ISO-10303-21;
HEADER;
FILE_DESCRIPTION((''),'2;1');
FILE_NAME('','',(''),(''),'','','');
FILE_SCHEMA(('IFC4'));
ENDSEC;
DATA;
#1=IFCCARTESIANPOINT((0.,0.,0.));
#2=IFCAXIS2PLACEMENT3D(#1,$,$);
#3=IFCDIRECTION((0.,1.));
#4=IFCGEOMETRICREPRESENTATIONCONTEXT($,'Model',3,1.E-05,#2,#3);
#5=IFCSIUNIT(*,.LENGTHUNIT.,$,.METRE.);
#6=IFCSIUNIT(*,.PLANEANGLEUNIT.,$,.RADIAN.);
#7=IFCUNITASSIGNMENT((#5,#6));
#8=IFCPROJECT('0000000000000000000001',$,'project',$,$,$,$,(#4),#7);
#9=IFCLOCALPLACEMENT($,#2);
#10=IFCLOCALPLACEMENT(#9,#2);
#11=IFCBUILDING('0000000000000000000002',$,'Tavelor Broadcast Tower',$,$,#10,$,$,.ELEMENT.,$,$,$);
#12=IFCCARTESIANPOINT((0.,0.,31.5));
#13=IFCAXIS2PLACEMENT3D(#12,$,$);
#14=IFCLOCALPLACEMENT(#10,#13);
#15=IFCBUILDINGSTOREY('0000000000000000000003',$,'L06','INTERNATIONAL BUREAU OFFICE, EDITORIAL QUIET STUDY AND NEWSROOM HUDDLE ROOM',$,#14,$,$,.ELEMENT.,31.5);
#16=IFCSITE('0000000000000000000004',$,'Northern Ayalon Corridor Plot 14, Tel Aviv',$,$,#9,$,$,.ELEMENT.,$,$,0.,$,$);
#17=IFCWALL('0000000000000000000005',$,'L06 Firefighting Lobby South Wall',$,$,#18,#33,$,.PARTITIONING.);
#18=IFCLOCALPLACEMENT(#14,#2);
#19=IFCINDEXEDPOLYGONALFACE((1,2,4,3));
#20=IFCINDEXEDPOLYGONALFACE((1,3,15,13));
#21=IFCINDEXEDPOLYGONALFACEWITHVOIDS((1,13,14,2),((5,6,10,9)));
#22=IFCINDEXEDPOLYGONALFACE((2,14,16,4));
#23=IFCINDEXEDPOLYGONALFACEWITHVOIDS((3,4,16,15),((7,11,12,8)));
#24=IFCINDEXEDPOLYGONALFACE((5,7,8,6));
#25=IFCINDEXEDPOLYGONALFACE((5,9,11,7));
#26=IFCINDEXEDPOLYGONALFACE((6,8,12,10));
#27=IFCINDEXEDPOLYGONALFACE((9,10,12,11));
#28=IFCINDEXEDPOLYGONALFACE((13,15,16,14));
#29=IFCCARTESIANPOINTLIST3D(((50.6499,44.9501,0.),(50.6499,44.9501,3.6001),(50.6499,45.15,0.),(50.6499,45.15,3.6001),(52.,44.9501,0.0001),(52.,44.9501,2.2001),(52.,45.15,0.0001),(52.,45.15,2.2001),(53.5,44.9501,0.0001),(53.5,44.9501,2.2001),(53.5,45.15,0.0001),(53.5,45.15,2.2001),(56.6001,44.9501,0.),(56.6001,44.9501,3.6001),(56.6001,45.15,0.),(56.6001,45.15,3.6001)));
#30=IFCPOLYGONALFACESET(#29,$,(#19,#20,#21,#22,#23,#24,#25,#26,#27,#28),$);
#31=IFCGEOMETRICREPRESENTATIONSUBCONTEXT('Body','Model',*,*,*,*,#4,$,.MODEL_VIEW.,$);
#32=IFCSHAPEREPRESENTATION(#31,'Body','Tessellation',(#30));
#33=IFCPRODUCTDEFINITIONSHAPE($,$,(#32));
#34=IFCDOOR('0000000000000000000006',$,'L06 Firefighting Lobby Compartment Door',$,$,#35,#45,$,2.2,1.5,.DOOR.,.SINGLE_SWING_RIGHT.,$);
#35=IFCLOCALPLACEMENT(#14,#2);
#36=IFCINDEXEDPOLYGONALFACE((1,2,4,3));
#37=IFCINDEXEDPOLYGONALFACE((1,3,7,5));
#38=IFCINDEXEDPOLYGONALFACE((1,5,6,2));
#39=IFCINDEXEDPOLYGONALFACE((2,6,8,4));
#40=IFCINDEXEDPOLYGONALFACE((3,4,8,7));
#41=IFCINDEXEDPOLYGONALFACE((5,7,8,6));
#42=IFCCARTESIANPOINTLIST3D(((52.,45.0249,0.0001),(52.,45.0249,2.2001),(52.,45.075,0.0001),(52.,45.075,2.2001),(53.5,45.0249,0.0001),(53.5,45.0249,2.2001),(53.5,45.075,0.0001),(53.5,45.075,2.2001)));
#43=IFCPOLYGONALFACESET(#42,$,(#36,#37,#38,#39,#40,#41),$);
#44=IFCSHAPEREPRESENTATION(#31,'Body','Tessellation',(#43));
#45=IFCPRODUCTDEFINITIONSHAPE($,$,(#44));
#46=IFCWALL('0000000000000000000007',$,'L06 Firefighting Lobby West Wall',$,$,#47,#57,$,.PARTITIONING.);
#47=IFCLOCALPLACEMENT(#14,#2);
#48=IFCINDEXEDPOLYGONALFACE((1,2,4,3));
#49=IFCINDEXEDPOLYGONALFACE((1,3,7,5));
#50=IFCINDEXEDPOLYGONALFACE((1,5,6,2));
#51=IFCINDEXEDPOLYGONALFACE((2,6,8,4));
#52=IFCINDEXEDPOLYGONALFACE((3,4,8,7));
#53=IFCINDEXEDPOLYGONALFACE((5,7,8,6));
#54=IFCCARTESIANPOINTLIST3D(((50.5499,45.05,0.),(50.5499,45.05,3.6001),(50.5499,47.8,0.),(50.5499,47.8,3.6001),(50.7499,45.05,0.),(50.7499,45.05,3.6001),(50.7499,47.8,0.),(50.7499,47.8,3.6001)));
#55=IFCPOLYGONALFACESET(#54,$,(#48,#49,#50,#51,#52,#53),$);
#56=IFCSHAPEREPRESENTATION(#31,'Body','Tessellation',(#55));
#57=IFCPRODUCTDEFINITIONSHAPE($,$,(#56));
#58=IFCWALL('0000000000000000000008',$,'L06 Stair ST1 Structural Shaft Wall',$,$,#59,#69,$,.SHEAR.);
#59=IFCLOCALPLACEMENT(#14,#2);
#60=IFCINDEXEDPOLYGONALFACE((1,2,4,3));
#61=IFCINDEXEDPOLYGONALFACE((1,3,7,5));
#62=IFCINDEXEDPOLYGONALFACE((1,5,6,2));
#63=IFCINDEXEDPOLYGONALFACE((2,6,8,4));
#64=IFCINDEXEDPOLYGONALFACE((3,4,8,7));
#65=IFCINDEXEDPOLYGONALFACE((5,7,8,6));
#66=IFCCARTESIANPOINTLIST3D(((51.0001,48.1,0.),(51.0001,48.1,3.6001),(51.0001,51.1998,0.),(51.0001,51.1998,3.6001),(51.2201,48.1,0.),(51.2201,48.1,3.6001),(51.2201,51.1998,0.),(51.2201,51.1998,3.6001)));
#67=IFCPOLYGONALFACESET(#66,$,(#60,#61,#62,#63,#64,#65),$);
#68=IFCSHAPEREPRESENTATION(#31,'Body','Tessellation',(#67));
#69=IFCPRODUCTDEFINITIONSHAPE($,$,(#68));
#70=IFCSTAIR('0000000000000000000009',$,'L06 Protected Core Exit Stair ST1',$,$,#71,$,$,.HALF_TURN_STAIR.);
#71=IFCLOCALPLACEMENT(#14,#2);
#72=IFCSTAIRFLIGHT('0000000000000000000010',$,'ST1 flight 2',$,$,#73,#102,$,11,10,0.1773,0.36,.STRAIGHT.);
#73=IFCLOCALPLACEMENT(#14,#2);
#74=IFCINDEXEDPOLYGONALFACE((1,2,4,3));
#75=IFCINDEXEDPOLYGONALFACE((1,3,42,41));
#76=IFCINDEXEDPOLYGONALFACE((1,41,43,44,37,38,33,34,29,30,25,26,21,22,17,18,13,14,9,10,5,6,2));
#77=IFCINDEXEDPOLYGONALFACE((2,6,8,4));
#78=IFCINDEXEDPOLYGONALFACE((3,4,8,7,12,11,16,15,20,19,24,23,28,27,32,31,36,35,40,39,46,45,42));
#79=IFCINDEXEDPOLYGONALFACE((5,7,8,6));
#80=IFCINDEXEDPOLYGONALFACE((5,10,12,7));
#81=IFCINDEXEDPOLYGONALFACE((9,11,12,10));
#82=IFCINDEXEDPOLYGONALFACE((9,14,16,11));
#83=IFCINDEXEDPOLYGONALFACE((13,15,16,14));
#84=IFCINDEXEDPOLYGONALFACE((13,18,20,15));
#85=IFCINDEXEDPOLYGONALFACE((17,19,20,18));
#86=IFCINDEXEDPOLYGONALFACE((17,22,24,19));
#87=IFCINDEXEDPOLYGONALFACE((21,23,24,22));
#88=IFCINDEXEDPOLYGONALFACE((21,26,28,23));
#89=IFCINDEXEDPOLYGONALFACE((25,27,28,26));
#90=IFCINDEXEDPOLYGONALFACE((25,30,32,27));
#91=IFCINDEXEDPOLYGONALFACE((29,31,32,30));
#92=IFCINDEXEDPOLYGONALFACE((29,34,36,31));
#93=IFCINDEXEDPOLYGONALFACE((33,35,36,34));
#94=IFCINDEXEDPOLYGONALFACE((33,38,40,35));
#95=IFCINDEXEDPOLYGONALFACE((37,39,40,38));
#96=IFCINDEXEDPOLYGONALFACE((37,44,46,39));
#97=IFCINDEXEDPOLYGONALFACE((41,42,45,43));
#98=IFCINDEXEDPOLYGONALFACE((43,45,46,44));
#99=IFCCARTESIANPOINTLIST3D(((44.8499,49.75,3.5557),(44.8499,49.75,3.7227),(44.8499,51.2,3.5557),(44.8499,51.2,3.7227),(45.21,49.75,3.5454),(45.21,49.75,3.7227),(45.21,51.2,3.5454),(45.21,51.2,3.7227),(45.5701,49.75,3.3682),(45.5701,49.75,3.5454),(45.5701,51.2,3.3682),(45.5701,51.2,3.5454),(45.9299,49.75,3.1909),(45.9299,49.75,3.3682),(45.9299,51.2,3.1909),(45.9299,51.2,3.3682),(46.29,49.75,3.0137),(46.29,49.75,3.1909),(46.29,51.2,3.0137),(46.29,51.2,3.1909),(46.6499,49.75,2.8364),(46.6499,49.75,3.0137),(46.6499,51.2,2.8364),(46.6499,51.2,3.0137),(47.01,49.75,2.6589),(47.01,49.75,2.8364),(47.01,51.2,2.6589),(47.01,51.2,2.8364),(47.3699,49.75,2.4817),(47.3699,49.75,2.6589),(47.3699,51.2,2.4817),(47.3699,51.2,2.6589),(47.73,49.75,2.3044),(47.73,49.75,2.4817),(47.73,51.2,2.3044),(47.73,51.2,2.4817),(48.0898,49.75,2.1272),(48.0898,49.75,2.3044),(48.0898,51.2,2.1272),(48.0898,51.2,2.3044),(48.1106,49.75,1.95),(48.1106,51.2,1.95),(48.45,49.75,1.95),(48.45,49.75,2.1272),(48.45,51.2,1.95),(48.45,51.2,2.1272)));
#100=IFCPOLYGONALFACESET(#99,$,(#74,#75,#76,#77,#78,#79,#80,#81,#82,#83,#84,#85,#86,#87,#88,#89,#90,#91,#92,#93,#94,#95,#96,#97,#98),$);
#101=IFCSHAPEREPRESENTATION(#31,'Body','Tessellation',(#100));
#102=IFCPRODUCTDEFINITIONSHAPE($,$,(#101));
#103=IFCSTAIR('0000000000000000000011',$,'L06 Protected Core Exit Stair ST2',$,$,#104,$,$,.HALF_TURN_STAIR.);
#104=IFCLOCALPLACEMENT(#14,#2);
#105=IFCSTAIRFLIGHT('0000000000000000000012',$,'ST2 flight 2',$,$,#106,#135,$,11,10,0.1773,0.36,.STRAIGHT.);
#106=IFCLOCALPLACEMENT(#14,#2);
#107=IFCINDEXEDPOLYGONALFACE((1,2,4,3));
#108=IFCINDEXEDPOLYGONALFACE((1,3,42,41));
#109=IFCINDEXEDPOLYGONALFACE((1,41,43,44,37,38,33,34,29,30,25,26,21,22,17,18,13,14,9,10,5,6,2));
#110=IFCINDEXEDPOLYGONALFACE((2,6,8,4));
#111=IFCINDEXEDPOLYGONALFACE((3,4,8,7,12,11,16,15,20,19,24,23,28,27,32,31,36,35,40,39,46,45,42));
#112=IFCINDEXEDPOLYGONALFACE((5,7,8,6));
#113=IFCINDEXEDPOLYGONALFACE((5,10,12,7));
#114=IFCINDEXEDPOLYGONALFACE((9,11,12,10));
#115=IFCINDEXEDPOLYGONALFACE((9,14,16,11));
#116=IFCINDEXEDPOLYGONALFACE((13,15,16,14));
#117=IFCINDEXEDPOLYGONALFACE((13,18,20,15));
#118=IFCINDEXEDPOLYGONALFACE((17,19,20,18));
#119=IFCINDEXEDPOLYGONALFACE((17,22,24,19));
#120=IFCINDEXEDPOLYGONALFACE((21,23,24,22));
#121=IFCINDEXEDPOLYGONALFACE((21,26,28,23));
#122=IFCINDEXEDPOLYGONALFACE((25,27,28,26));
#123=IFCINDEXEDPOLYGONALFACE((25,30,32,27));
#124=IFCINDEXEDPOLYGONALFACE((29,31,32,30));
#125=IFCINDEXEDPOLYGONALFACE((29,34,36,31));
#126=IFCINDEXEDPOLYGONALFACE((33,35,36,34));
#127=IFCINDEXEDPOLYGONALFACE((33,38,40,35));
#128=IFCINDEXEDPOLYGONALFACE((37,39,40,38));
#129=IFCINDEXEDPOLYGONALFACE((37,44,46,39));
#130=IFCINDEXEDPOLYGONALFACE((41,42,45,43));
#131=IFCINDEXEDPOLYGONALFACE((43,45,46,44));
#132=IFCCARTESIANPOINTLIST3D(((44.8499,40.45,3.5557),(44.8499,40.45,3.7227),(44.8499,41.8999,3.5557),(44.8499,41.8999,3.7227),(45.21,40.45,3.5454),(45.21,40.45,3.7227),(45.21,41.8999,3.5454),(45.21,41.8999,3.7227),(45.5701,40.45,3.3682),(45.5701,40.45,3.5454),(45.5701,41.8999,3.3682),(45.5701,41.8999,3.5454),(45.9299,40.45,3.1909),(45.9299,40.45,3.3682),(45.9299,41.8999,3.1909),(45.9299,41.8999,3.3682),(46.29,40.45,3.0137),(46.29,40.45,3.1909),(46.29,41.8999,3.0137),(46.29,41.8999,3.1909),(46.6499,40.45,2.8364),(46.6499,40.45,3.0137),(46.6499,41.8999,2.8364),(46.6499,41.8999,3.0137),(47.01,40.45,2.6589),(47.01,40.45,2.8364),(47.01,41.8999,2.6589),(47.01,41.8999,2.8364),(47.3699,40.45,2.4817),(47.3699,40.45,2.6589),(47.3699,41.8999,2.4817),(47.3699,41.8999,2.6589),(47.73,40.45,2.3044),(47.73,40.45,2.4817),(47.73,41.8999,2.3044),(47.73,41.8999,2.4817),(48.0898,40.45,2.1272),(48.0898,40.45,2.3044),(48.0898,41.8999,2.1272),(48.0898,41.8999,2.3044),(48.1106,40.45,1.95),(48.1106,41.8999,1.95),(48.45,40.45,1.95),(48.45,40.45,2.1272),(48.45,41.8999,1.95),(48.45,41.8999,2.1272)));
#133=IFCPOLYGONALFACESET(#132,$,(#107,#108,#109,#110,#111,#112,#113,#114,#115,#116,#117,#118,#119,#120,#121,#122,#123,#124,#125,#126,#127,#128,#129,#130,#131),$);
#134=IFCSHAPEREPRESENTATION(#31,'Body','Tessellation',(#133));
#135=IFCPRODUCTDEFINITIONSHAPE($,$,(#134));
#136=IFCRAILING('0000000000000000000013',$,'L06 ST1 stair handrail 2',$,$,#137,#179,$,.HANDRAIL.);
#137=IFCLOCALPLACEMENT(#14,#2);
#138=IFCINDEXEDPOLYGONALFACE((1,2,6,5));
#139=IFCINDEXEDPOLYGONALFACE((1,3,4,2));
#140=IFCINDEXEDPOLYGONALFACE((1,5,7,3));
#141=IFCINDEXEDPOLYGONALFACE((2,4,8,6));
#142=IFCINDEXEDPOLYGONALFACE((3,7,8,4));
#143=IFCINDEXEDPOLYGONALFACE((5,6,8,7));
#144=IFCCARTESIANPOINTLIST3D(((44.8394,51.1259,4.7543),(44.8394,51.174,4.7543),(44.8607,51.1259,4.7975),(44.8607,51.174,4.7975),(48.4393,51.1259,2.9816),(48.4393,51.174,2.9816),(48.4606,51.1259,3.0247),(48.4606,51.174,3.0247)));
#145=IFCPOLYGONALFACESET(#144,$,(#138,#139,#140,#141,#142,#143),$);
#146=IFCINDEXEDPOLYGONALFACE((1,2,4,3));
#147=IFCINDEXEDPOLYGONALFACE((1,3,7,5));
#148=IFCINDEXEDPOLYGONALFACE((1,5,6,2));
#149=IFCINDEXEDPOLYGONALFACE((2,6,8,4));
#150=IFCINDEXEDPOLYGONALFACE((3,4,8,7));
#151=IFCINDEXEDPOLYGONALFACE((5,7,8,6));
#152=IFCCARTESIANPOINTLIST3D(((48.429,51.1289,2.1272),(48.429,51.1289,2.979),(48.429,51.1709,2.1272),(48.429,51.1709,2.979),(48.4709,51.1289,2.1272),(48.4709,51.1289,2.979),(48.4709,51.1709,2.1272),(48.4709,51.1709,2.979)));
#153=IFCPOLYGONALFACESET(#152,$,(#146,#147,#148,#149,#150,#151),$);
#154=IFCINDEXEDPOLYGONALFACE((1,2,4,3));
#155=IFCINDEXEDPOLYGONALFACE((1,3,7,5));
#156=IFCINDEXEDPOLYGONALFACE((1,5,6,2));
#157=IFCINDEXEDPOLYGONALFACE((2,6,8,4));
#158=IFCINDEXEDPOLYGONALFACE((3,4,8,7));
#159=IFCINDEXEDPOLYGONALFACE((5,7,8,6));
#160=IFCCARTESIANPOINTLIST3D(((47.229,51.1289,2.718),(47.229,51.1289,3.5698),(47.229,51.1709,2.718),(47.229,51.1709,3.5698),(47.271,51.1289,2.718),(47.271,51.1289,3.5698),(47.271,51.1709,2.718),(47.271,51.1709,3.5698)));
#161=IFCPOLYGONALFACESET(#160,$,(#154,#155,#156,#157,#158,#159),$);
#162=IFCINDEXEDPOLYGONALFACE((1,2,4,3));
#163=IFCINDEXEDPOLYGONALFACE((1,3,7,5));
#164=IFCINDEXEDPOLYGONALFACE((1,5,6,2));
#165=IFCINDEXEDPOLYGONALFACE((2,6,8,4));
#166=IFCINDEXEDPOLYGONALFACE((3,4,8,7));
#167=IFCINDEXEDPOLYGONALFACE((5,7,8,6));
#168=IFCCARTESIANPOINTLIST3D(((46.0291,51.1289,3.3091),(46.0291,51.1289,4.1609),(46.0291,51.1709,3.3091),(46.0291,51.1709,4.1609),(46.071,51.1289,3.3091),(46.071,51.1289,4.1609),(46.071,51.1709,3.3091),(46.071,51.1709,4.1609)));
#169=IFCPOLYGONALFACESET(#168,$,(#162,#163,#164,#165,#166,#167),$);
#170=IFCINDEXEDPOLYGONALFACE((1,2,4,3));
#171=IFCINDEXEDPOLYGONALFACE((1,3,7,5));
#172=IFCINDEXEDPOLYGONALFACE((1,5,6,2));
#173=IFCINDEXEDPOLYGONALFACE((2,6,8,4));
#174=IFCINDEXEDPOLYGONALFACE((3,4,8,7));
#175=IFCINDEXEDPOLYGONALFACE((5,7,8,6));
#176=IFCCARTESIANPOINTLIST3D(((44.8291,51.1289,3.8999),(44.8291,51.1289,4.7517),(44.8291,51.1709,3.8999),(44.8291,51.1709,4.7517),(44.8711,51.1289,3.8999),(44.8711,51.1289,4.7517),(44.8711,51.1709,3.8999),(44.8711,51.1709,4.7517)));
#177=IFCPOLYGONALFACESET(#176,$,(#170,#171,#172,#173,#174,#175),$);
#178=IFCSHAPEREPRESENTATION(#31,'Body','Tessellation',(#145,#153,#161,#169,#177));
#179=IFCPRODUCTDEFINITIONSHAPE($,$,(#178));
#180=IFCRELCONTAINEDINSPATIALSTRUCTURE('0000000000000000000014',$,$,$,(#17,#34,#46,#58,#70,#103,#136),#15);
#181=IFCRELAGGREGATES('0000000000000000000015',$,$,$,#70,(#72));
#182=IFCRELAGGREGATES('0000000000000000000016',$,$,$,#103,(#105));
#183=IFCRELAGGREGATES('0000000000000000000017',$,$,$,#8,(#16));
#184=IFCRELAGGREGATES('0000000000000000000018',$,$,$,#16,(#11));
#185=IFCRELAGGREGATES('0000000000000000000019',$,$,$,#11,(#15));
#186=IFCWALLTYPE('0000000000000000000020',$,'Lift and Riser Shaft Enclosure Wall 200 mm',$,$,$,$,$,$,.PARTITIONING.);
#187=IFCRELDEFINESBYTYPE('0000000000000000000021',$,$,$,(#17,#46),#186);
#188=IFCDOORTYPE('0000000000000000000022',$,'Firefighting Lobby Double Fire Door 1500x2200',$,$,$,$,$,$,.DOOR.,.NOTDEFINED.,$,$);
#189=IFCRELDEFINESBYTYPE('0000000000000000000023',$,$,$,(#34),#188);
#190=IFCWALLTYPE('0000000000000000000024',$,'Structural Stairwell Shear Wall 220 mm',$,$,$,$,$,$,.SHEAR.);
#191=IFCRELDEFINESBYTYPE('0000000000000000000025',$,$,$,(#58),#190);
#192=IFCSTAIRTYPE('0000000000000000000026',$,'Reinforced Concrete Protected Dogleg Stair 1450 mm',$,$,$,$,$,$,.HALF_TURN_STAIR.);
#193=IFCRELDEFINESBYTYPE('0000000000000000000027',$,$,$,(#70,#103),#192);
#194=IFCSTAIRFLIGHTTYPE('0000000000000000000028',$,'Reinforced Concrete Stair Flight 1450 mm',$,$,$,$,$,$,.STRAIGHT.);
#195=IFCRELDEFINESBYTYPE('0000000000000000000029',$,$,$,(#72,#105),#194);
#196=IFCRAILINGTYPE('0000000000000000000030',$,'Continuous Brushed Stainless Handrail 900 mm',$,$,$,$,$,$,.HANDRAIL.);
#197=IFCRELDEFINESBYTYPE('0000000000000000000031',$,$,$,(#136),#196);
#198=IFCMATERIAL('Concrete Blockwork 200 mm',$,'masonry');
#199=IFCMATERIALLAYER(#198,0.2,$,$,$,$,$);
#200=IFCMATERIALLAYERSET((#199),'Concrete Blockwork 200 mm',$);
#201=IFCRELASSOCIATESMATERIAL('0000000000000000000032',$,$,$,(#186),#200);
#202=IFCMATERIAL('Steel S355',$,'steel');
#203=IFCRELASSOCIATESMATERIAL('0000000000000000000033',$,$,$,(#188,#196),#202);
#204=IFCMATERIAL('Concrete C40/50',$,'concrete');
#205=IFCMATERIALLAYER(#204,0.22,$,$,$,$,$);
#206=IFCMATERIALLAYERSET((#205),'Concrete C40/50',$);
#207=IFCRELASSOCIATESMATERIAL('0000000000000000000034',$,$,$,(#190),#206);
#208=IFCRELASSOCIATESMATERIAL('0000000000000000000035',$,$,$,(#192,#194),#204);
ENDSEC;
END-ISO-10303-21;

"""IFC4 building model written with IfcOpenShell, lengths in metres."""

from ifc_helpers import new_model, si_unit, direction, frame, frame_2d, origin, origin_2d, place, context, subcontext, project, spatial, polyline, rectangle, outline, extrude, material, layer, layer_set, type_object, element, fill, aggregate, save


model = new_model("IFC4")

# Units and contexts
model_context = context("Model", 3, precision=1e-05, world=origin(), true_north=direction((0.0, 1.0)))
body_context = subcontext(model_context, "Body", "Model", "MODEL_VIEW")
ifc_project = project(units=[si_unit("LENGTHUNIT", "METRE"), si_unit("PLANEANGLEUNIT", "RADIAN")], contexts=[model_context])

# Site, building, storey
site_placement = place(None, origin())
site = spatial("IfcSite", under=ifc_project, at=site_placement, Name="Northern Ayalon Corridor Plot 14, Tel Aviv", CompositionType="ELEMENT", RefElevation=0.0)
building_placement = place(site_placement, origin())
building = spatial("IfcBuilding", under=site, at=building_placement, Name="Tavelor Broadcast Tower", CompositionType="ELEMENT")
storey_placement = place(building_placement, frame((0.0, 0.0, 31.5)))
storey = spatial("IfcBuildingStorey", under=building, at=storey_placement, Name="L06", Description="INTERNATIONAL BUREAU OFFICE, EDITORIAL QUIET STUDY AND NEWSROOM HUDDLE ROOM", CompositionType="ELEMENT", Elevation=31.5)

# Shared definitions
ifc_material_1 = material(Name="Concrete C40/50", Category="concrete")
ifc_material_2 = material(Name="Steel S355", Category="steel")

# Shared definitions
ifc_material_3 = material(Name="Concrete Blockwork 200 mm", Category="masonry")
ifc_layer_1 = layer(ifc_material_3, 0.2)
ifc_layer_set_1 = layer_set([ifc_layer_1], Name="Concrete Blockwork 200 mm")
wall_type_1 = type_object("IfcWallType", Name="Lift and Riser Shaft Enclosure Wall 200 mm", PredefinedType="PARTITIONING", material=ifc_layer_set_1)

# Wall, opening, door
wall_1_placement = place(storey_placement, frame((50.6499, 45.05, 0.0), z_axis=(0.0, 0.0, 1.0), x_axis=(1.0, 0.0, 0.0)))
wall_1 = element("IfcWall", 1, at=wall_1_placement, inside=storey, type_object=wall_type_1, Name="L06 Firefighting Lobby South Wall", PredefinedType="PARTITIONING", context=body_context, shape_type="SweptSolid", body=[
    extrude(rectangle(XDim=5.9502, YDim=0.2, at=frame_2d((2.9751, 0.0))), origin(), (0.0, 0.0, 1.0), 3.6001),
])
opening_placement = place(wall_1_placement, frame((1.3501, 0.0, 0.0)))
opening = element("IfcOpeningElement", 2, at=opening_placement, cuts=wall_1, PredefinedType="OPENING", context=body_context, shape_type="SweptSolid", body=[
    extrude(rectangle(XDim=1.5, YDim=2.2, at=frame_2d((0.75, 1.1001))), frame((0.0, 0.1099, 0.0), z_axis=(0.0, -1.0, 0.0), x_axis=(1.0, 0.0, 0.0)), (0.0, 0.0, 1.0), 0.22),
])
door_type = type_object("IfcDoorType", Name="Firefighting Lobby Double Fire Door 1500x2200", OperationType="NOTDEFINED", PredefinedType="DOOR", material=ifc_material_2)
door_placement = place(opening_placement, origin())
door = element("IfcDoor", 3, at=door_placement, inside=storey, type_object=door_type, Name="L06 Firefighting Lobby Compartment Door", OperationType="SINGLE_SWING_RIGHT", OverallHeight=2.2, OverallWidth=1.5, PredefinedType="DOOR", context=body_context, shape_type="SweptSolid", body=[
    extrude(rectangle(XDim=1.5, YDim=2.2, at=frame_2d((0.75, 1.1001))), frame((0.0, 0.0249, 0.0), z_axis=(0.0, -1.0, 0.0), x_axis=(1.0, 0.0, 0.0)), (0.0, 0.0, 1.0), 0.05),
])
fill(opening, door)

# Walls
wall_2_placement = place(storey_placement, frame((50.6499, 45.05, 0.0), z_axis=(0.0, 0.0, 1.0), x_axis=(0.0, 1.0, 0.0)))
element("IfcWall", 4, at=wall_2_placement, inside=storey, type_object=wall_type_1, Name="L06 Firefighting Lobby West Wall", PredefinedType="PARTITIONING", context=body_context, shape_type="SweptSolid", body=[
    extrude(rectangle(XDim=2.75, YDim=0.2, at=frame_2d((1.375, 0.0))), origin(), (0.0, 0.0, 1.0), 3.6001),
])
ifc_layer_2 = layer(ifc_material_1, 0.22)
ifc_layer_set_2 = layer_set([ifc_layer_2], Name="Concrete C40/50")
wall_type_2 = type_object("IfcWallType", Name="Structural Stairwell Shear Wall 220 mm", PredefinedType="SHEAR", material=ifc_layer_set_2)
wall_3_placement = place(storey_placement, frame((51.1101, 48.1001, 0.0), z_axis=(0.0, 0.0, 1.0), x_axis=(0.0, 1.0, 0.0)))
element("IfcWall", 5, at=wall_3_placement, inside=storey, type_object=wall_type_2, Name="L06 Stair ST1 Structural Shaft Wall", PredefinedType="SHEAR", context=body_context, shape_type="SweptSolid", body=[
    extrude(rectangle(XDim=3.0999, YDim=0.22, at=frame_2d((1.5498, 0.0))), origin(), (0.0, 0.0, 1.0), 3.6001),
])

# Stairs, stair flights
stair_type = type_object("IfcStairType", Name="Reinforced Concrete Protected Dogleg Stair 1450 mm", PredefinedType="HALF_TURN_STAIR", material=ifc_material_1)
stair_1_placement = place(storey_placement, origin())
stair_1 = element("IfcStair", 6, at=stair_1_placement, inside=storey, type_object=stair_type, Name="L06 Protected Core Exit Stair ST1", PredefinedType="HALF_TURN_STAIR")
stair_flight_type = type_object("IfcStairFlightType", Name="Reinforced Concrete Stair Flight 1450 mm", PredefinedType="STRAIGHT", material=ifc_material_1)
stair_flight_1_placement = place(storey_placement, frame((48.45, 50.4751, 1.95), z_axis=(0.0, 0.0, 1.0), x_axis=(-1.0, 0.0, 0.0)))
stair_flight_1 = element("IfcStairFlight", 7, at=stair_flight_1_placement, type_object=stair_flight_type, Name="ST1 flight 2", NumberOfRisers=11, NumberOfTreads=10, PredefinedType="STRAIGHT", RiserHeight=0.1773, TreadLength=0.36, context=body_context, shape_type="SweptSolid", body=[
    extrude(outline(polyline([(0.0, 0.0), (0.0, 0.1772), (0.3601, 0.1772), (0.3601, 0.3545), (0.72, 0.3545), (0.72, 0.5317), (1.0801, 0.5317), (1.0801, 0.709), (1.4399, 0.709), (1.4399, 0.8865), (1.8, 0.8865), (1.8, 1.0637), (2.1599, 1.0637), (2.1599, 1.241), (2.52, 1.241), (2.52, 1.4182), (2.8799, 1.4182), (2.8799, 1.5955), (3.24, 1.5955), (3.24, 1.7727), (3.6001, 1.7727), (3.6001, 1.95), (3.6001, 1.6057), (0.3394, 0.0), (0.0, 0.0)])), frame((0.0, 0.7251, 0.0), z_axis=(0.0, -1.0, 0.0), x_axis=(1.0, 0.0, 0.0)), (0.0, 0.0, 1.0), 1.45),
])
aggregate(stair_1, [stair_flight_1])
stair_2_placement = place(storey_placement, origin())
stair_2 = element("IfcStair", 8, at=stair_2_placement, inside=storey, type_object=stair_type, Name="L06 Protected Core Exit Stair ST2", PredefinedType="HALF_TURN_STAIR")
stair_flight_2_placement = place(storey_placement, frame((48.45, 41.175, 1.95), z_axis=(0.0, 0.0, 1.0), x_axis=(-1.0, 0.0, 0.0)))
stair_flight_2 = element("IfcStairFlight", 9, at=stair_flight_2_placement, type_object=stair_flight_type, Name="ST2 flight 2", NumberOfRisers=11, NumberOfTreads=10, PredefinedType="STRAIGHT", RiserHeight=0.1773, TreadLength=0.36, context=body_context, shape_type="SweptSolid", body=[
    extrude(outline(polyline([(0.0, 0.0), (0.0, 0.1772), (0.3601, 0.1772), (0.3601, 0.3545), (0.72, 0.3545), (0.72, 0.5317), (1.0801, 0.5317), (1.0801, 0.709), (1.4399, 0.709), (1.4399, 0.8865), (1.8, 0.8865), (1.8, 1.0637), (2.1599, 1.0637), (2.1599, 1.241), (2.52, 1.241), (2.52, 1.4182), (2.8799, 1.4182), (2.8799, 1.5955), (3.24, 1.5955), (3.24, 1.7727), (3.6001, 1.7727), (3.6001, 1.95), (3.6001, 1.6057), (0.3394, 0.0), (0.0, 0.0)])), frame((0.0, 0.7251, 0.0), z_axis=(0.0, -1.0, 0.0), x_axis=(1.0, 0.0, 0.0)), (0.0, 0.0, 1.0), 1.45),
])
aggregate(stair_2, [stair_flight_2])

# Railing
railing_type_1 = type_object("IfcRailingType", Name="Continuous Brushed Stainless Handrail 900 mm", PredefinedType="HANDRAIL", material=ifc_material_2)
for number, where, name in (
    (10, (48.45, 51.1499, 2.1272), "L06 ST1 stair handrail 2"),
):
    element("IfcRailing", number, at=place(storey_placement, frame(where)), inside=storey, type_object=railing_type_1, Name=name, PredefinedType="HANDRAIL", context=body_context, shape_type="SweptSolid", body=[
        extrude(rectangle(XDim=0.0481, YDim=0.0481, at=origin_2d()), frame((0.0, 0.0, 0.876), z_axis=(-0.897124, 0.0, 0.441778), x_axis=(0.0, -1.0, 0.0)), (0.0, 0.0, 1.0), 4.0127),
        extrude(rectangle(XDim=0.042, YDim=0.042, at=origin_2d()), origin(), (0.0, 0.0, 1.0), 0.8518),
        extrude(rectangle(XDim=0.042, YDim=0.042, at=origin_2d()), frame((-1.2, 0.0, 0.5908)), (0.0, 0.0, 1.0), 0.8518),
        extrude(rectangle(XDim=0.042, YDim=0.042, at=origin_2d()), frame((-2.3999, 0.0, 1.1819)), (0.0, 0.0, 1.0), 0.8518),
        extrude(rectangle(XDim=0.042, YDim=0.042, at=origin_2d()), frame((-3.5999, 0.0, 1.7727)), (0.0, 0.0, 1.0), 0.8518),
    ])

save(model, "model.ifc")
